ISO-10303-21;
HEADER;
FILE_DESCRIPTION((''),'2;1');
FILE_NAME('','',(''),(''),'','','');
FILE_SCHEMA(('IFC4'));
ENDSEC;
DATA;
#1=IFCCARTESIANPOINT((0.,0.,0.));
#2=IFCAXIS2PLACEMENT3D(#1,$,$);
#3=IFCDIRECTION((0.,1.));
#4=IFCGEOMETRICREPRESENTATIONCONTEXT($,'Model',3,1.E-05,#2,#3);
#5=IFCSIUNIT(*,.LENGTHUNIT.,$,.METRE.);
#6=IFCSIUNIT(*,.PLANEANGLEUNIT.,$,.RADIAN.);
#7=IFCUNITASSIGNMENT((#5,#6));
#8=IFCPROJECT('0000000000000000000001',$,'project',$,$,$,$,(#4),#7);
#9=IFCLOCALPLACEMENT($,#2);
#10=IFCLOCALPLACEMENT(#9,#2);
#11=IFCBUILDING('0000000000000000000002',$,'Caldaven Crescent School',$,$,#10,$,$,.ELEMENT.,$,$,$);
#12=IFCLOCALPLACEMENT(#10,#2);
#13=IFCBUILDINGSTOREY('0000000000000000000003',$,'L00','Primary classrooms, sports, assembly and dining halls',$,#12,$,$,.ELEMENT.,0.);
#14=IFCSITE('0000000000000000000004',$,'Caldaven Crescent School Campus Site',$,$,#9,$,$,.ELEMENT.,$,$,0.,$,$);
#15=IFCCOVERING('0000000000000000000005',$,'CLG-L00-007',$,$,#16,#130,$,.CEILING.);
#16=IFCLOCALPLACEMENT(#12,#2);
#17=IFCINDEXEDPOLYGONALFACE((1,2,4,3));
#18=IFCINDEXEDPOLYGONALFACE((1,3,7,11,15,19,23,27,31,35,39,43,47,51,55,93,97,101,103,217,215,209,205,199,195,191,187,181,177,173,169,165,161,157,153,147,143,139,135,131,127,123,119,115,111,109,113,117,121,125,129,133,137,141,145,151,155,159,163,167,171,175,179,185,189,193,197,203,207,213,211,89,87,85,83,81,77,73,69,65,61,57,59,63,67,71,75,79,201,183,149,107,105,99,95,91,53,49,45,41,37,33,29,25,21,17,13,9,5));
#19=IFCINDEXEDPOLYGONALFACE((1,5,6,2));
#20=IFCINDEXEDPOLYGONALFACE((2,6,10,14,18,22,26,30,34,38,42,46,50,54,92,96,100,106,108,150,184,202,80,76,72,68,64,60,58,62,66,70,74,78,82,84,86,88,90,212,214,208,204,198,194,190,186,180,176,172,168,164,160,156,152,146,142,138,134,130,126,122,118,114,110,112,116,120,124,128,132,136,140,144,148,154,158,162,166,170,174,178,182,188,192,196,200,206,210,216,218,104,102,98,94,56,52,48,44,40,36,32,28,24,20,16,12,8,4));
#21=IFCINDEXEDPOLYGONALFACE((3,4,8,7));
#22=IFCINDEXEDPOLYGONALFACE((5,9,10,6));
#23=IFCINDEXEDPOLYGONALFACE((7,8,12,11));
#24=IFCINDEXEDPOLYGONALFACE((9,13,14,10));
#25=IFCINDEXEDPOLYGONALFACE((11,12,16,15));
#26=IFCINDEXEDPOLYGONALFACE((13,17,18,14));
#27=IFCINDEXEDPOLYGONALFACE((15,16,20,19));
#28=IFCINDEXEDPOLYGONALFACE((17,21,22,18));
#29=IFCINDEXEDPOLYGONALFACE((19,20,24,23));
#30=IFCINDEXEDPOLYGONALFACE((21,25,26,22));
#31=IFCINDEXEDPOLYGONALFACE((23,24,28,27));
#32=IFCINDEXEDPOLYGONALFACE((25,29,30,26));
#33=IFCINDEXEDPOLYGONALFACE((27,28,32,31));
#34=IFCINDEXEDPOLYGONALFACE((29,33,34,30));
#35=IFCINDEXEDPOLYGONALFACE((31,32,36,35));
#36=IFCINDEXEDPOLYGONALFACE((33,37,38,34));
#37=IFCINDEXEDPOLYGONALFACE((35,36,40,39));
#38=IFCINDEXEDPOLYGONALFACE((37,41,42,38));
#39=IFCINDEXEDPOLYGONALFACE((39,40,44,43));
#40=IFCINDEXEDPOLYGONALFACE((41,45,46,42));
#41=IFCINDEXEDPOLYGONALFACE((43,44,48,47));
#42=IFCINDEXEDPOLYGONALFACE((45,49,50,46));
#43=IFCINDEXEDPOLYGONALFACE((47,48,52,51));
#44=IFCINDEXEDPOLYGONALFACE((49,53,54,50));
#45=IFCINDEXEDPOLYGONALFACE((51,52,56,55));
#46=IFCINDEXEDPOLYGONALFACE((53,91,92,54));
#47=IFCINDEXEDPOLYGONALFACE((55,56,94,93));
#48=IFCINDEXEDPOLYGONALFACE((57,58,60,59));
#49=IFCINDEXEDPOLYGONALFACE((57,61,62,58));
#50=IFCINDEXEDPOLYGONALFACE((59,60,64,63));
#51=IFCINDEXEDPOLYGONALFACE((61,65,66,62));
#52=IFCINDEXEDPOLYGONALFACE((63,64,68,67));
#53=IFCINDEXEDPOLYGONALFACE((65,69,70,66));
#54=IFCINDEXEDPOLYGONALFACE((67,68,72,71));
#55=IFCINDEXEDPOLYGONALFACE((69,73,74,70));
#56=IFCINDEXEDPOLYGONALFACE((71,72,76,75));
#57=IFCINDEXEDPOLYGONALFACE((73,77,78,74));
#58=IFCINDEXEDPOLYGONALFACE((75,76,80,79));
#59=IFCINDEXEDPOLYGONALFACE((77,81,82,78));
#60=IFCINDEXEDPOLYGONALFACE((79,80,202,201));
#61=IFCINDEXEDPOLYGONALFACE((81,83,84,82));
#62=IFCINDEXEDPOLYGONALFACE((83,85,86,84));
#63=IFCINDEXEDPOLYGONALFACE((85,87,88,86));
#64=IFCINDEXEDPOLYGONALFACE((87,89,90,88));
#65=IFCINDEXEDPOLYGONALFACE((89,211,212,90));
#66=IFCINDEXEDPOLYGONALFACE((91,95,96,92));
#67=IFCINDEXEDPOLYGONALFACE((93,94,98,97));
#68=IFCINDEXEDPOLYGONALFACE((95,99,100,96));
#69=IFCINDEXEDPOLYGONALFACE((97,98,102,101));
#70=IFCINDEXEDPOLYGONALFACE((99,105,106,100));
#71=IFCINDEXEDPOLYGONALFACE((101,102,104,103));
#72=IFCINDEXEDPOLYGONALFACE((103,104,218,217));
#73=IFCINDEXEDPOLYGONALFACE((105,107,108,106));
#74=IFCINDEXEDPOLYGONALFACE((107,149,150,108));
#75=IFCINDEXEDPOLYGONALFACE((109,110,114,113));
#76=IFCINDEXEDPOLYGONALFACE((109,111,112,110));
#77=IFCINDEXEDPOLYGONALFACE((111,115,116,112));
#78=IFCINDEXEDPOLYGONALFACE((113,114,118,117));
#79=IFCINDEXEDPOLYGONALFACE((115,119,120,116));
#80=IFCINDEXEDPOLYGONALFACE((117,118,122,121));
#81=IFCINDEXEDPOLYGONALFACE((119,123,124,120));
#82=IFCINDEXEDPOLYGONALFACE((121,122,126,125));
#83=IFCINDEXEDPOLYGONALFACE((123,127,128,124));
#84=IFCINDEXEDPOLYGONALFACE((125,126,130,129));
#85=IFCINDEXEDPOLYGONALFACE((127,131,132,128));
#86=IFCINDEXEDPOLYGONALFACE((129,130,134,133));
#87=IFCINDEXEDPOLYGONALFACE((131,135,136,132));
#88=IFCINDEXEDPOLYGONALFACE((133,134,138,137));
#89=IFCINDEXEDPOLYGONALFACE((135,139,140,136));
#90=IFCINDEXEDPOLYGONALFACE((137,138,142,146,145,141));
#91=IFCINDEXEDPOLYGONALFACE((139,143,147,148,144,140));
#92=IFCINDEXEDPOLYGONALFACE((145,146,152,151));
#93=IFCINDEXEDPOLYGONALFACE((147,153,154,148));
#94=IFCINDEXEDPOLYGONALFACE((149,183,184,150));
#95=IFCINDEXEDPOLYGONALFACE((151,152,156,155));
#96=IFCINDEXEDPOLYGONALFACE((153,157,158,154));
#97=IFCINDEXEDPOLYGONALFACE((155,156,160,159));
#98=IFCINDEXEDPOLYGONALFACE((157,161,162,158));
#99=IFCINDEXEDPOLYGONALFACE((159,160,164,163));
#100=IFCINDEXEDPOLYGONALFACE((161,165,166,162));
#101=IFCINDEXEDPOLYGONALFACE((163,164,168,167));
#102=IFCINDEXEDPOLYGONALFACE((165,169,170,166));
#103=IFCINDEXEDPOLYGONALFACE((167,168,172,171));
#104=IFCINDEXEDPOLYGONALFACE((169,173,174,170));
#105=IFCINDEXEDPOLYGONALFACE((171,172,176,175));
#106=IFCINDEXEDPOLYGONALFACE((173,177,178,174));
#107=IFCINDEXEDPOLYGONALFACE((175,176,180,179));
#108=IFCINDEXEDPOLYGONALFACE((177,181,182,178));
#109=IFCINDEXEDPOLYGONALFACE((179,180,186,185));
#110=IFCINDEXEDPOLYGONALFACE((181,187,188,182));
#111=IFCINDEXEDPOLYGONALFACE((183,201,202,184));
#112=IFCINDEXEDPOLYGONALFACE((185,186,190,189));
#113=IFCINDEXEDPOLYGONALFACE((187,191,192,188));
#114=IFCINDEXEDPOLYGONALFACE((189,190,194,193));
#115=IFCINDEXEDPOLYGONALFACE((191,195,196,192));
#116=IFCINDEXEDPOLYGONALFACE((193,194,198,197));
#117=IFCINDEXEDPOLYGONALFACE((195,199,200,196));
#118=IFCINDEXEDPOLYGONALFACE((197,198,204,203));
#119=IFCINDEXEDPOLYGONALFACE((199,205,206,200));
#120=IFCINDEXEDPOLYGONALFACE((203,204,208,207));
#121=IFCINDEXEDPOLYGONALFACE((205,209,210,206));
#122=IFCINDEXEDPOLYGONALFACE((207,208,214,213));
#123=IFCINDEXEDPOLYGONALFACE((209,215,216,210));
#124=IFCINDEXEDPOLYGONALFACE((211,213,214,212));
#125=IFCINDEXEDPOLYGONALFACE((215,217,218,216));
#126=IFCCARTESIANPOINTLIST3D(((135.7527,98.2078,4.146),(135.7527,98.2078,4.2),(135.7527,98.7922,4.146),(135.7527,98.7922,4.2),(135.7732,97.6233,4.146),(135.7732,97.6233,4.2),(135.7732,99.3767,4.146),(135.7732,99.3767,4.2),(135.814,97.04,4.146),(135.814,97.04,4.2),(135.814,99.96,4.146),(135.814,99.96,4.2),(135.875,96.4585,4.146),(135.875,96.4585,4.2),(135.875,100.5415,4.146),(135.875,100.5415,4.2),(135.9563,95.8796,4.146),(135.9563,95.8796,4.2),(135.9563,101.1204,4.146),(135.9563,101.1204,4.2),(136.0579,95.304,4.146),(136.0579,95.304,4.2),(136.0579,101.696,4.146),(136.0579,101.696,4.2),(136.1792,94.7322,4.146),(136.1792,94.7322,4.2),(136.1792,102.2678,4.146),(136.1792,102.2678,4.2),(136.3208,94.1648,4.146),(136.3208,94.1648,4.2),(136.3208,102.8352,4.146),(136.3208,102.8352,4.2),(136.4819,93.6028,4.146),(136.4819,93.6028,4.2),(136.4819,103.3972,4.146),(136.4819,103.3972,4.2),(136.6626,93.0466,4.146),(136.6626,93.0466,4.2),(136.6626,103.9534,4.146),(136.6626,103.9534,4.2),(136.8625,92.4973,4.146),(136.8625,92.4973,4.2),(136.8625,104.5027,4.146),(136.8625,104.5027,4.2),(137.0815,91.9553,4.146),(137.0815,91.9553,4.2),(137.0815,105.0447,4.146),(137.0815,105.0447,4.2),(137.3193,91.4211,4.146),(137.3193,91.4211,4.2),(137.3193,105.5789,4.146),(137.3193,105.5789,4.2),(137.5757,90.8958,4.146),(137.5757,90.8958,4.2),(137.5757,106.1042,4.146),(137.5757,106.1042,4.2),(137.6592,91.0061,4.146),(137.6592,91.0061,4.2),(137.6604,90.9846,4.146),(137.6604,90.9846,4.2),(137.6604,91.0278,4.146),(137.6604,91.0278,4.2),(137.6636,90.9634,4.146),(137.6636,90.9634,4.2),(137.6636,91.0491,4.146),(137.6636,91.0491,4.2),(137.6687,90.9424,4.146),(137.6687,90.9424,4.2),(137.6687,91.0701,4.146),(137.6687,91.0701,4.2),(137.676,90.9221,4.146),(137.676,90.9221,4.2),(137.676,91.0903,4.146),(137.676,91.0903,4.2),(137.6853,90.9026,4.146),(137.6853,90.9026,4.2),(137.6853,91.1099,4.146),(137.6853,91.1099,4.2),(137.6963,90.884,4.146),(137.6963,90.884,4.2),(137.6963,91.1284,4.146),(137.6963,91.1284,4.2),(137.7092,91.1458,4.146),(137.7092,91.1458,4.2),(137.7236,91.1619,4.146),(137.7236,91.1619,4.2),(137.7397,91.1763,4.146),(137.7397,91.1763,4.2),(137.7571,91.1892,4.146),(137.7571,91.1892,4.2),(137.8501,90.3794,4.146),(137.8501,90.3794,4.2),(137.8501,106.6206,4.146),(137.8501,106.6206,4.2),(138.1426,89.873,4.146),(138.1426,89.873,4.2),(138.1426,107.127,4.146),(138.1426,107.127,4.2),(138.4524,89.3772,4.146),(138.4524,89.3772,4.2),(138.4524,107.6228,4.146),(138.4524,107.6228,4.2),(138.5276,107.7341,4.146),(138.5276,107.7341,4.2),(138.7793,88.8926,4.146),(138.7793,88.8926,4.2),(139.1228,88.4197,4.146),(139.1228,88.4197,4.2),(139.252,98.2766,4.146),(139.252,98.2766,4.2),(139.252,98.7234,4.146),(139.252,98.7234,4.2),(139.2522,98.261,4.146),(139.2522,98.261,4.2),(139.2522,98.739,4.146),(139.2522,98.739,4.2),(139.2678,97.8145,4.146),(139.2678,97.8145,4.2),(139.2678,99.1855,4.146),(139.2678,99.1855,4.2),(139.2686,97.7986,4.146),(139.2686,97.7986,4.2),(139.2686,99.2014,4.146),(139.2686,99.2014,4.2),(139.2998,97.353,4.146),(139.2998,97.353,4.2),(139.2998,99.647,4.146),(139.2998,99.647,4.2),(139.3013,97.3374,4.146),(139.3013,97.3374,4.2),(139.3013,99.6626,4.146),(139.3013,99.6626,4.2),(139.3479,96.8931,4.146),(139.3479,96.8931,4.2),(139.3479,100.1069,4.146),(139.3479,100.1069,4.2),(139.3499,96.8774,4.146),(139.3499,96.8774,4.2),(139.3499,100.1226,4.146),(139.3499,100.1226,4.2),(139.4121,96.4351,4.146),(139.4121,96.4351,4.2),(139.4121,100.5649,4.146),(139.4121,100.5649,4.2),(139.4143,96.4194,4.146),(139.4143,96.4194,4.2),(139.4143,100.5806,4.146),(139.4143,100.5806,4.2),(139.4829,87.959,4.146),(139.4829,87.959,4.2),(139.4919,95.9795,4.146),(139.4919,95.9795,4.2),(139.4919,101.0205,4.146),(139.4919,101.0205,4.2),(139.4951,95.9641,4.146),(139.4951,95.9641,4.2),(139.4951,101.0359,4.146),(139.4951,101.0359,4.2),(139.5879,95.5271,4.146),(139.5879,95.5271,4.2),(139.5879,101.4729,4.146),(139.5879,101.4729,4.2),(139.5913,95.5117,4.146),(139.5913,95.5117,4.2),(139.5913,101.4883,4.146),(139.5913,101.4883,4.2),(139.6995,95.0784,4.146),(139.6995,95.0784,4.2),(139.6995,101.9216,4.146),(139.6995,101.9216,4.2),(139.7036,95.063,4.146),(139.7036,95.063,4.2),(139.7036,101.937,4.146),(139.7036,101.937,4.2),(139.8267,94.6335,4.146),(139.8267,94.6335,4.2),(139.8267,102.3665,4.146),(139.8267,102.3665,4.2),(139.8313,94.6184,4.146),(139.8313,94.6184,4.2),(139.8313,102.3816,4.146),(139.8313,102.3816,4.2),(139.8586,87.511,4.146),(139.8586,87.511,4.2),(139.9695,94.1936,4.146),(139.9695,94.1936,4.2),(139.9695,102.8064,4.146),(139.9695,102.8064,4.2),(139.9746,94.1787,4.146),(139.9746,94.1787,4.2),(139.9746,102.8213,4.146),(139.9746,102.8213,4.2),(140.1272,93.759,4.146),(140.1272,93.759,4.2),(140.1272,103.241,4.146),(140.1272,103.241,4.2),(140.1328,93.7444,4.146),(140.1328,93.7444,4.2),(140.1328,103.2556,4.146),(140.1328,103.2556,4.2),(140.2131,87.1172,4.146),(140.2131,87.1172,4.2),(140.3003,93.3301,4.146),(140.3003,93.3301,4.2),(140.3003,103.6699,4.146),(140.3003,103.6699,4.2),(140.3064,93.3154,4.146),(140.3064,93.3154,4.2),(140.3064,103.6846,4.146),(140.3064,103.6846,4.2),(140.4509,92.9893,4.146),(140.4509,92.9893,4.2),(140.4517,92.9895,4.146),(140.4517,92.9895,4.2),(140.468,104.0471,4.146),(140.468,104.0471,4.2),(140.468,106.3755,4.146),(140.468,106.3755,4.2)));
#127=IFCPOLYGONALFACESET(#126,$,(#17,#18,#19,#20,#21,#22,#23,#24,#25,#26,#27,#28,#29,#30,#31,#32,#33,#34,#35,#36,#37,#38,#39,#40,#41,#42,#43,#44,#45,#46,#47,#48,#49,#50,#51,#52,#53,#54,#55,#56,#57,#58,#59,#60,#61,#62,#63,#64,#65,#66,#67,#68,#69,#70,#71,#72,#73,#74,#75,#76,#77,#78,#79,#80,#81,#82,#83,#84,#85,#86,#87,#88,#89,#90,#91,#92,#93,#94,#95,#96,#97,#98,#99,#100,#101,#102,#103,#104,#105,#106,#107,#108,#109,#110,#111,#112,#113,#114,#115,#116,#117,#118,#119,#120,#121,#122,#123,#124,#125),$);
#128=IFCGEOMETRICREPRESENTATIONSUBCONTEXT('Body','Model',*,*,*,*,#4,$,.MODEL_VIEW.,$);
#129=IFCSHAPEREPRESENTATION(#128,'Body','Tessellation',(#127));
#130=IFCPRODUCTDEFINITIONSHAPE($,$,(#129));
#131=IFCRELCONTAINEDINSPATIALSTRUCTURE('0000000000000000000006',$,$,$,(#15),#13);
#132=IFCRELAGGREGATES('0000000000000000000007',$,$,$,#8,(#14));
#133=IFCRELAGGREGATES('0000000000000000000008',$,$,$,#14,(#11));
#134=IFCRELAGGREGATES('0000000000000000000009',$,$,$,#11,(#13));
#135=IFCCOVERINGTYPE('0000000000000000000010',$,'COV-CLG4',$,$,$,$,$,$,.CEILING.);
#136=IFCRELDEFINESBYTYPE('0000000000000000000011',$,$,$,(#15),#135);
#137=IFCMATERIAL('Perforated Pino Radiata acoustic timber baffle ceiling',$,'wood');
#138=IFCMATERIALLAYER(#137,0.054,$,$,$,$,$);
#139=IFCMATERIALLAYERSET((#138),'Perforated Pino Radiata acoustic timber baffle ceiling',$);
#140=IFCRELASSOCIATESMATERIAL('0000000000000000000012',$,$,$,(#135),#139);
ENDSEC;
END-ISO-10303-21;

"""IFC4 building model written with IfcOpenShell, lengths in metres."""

from ifc_helpers import new_model, si_unit, direction, frame, origin, place, context, subcontext, project, spatial, polyline, outline, extrude, material, layer, layer_set, type_object, element, save


model = new_model("IFC4")

# Units and contexts
model_context = context("Model", 3, precision=1e-05, world=origin(), true_north=direction((0.0, 1.0)))
body_context = subcontext(model_context, "Body", "Model", "MODEL_VIEW")
ifc_project = project(units=[si_unit("LENGTHUNIT", "METRE"), si_unit("PLANEANGLEUNIT", "RADIAN")], contexts=[model_context])

# Site, building, storey
site_placement = place(None, origin())
site = spatial("IfcSite", under=ifc_project, at=site_placement, Name="Caldaven Crescent School Campus Site", CompositionType="ELEMENT", RefElevation=0.0)
building_placement = place(site_placement, origin())
building = spatial("IfcBuilding", under=site, at=building_placement, Name="Caldaven Crescent School", CompositionType="ELEMENT")
storey_placement = place(building_placement, origin())
storey = spatial("IfcBuildingStorey", under=building, at=storey_placement, Name="L00", Description="Primary classrooms, sports, assembly and dining halls", CompositionType="ELEMENT", Elevation=0.0)

# Covering
ifc_material_1 = material(Name="Perforated Pino Radiata acoustic timber baffle ceiling", Category="wood")
ifc_layer_1 = layer(ifc_material_1, 0.054)
ifc_layer_set_1 = layer_set([ifc_layer_1], Name="Perforated Pino Radiata acoustic timber baffle ceiling")
covering_type_1 = type_object("IfcCoveringType", Name="COV-CLG4", PredefinedType="CEILING", material=ifc_layer_set_1)
covering_1_placement = place(storey_placement, frame((0.0, 0.0, 4.146)))
element("IfcCovering", 1, at=covering_1_placement, inside=storey, type_object=covering_type_1, Name="CLG-L00-007", PredefinedType="CEILING", context=body_context, shape_type="SweptSolid", body=[
    extrude(outline(polyline([(140.3003, 103.6699), (140.1328, 103.2556), (140.1272, 103.241), (139.9746, 102.8213), (139.9695, 102.8064), (139.8313, 102.3816), (139.8267, 102.3665), (139.7036, 101.937), (139.6995, 101.9216), (139.5913, 101.4883), (139.5879, 101.4729), (139.4951, 101.0359), (139.4919, 101.0205), (139.4143, 100.5806), (139.4121, 100.5649), (139.3499, 100.1226), (139.3479, 100.1069), (139.3013, 99.6626), (139.2998, 99.647), (139.2686, 99.2014), (139.2678, 99.1855), (139.2522, 98.739), (139.252, 98.7234), (139.252, 98.2766), (139.2522, 98.261), (139.2678, 97.8145), (139.2686, 97.7986), (139.2998, 97.353), (139.3013, 97.3374), (139.3479, 96.8931), (139.3499, 96.8774), (139.4121, 96.4351), (139.4143, 96.4194), (139.4919, 95.9795), (139.4951, 95.9641), (139.5879, 95.5271), (139.5913, 95.5117), (139.6995, 95.0784), (139.7036, 95.063), (139.8267, 94.6335), (139.8313, 94.6184), (139.9695, 94.1936), (139.9746, 94.1787), (140.1272, 93.759), (140.1328, 93.7444), (140.3003, 93.3301), (140.3064, 93.3154), (140.4517, 92.9895), (140.4509, 92.9893), (137.7571, 91.1892), (137.7397, 91.1763), (137.7236, 91.1619), (137.7092, 91.1458), (137.6963, 91.1284), (137.6853, 91.1099), (137.676, 91.0903), (137.6687, 91.0701), (137.6636, 91.0491), (137.6604, 91.0278), (137.6592, 91.0061), (137.6604, 90.9846), (137.6636, 90.9634), (137.6687, 90.9424), (137.676, 90.9221), (137.6853, 90.9026), (137.6963, 90.884), (140.2131, 87.1172), (139.8586, 87.511), (139.4829, 87.959), (139.1228, 88.4197), (138.7793, 88.8926), (138.4524, 89.3772), (138.1426, 89.873), (137.8501, 90.3794), (137.5757, 90.8958), (137.3193, 91.4211), (137.0815, 91.9553), (136.8625, 92.4973), (136.6626, 93.0466), (136.4819, 93.6028), (136.3208, 94.1648), (136.1792, 94.7322), (136.0579, 95.304), (135.9563, 95.8796), (135.875, 96.4585), (135.814, 97.04), (135.7732, 97.6233), (135.7527, 98.2078), (135.7527, 98.7922), (135.7732, 99.3767), (135.814, 99.96), (135.875, 100.5415), (135.9563, 101.1204), (136.0579, 101.696), (136.1792, 102.2678), (136.3208, 102.8352), (136.4819, 103.3972), (136.6626, 103.9534), (136.8625, 104.5027), (137.0815, 105.0447), (137.3193, 105.5789), (137.5757, 106.1042), (137.8501, 106.6206), (138.1426, 107.127), (138.4524, 107.6228), (138.5276, 107.7341), (140.468, 106.3755), (140.468, 104.0471), (140.3064, 103.6846), (140.3003, 103.6699)])), origin(), (0.0, 0.0, 1.0), 0.054),
])

save(model, "model.ifc")
